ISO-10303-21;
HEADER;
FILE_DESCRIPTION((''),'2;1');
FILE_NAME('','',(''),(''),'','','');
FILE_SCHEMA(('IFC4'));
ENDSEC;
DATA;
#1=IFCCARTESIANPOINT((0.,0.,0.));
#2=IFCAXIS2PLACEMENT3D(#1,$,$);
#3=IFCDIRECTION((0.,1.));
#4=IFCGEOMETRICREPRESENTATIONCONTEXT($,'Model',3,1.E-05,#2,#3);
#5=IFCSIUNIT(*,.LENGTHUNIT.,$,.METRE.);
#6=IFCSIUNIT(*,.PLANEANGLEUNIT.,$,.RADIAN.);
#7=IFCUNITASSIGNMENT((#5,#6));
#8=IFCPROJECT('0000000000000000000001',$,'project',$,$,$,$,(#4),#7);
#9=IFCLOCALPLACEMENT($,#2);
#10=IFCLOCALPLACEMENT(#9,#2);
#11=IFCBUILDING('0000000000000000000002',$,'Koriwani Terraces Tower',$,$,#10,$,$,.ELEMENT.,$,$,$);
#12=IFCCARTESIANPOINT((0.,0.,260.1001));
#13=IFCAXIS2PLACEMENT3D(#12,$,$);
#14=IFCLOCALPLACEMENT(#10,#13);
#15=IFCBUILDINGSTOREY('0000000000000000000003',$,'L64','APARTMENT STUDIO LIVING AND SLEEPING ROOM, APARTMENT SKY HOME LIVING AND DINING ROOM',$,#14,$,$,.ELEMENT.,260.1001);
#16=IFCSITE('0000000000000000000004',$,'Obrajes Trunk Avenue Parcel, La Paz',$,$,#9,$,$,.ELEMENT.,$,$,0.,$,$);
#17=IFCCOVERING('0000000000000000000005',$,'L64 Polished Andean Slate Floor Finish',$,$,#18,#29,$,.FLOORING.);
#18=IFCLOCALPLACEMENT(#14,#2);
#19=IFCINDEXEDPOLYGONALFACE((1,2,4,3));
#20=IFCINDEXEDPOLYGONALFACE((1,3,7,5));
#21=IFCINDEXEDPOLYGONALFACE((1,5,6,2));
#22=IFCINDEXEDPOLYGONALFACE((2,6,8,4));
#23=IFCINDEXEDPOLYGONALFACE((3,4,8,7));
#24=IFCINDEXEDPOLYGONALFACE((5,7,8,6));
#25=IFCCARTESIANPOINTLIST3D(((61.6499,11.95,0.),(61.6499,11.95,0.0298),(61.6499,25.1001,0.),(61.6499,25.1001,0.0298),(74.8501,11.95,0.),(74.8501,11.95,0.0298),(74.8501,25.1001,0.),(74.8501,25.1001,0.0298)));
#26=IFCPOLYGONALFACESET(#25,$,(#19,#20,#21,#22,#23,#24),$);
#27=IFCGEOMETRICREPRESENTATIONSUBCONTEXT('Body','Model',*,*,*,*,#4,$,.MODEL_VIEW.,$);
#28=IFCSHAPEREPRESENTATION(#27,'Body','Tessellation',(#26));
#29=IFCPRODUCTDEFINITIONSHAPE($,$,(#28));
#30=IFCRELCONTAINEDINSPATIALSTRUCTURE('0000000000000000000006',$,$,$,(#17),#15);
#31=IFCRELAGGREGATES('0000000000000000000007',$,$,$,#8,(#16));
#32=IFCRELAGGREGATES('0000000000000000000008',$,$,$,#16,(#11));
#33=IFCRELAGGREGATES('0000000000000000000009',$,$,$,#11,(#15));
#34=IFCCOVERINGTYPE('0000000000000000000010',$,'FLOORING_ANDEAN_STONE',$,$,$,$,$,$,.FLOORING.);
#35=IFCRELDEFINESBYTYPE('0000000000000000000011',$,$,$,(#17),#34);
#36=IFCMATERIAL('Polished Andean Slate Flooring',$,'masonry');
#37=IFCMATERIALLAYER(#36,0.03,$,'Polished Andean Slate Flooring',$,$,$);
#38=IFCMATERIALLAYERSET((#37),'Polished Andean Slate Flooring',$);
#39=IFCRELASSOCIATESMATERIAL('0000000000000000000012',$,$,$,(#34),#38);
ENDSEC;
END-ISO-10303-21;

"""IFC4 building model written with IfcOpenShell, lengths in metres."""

from ifc_helpers import new_model, si_unit, direction, frame, origin, place, context, subcontext, project, spatial, polyline, outline, extrude, material, layer, layer_set, type_object, element, save


model = new_model("IFC4")

# Units and contexts
model_context = context("Model", 3, precision=1e-05, world=origin(), true_north=direction((0.0, 1.0)))
body_context = subcontext(model_context, "Body", "Model", "MODEL_VIEW")
ifc_project = project(units=[si_unit("LENGTHUNIT", "METRE"), si_unit("PLANEANGLEUNIT", "RADIAN")], contexts=[model_context])

# Site, building, storey
site_placement = place(None, origin())
site = spatial("IfcSite", under=ifc_project, at=site_placement, Name="Obrajes Trunk Avenue Parcel, La Paz", CompositionType="ELEMENT", RefElevation=0.0)
building_placement = place(site_placement, origin())
building = spatial("IfcBuilding", under=site, at=building_placement, Name="Koriwani Terraces Tower", CompositionType="ELEMENT")
storey_placement = place(building_placement, frame((0.0, 0.0, 260.1001)))
storey = spatial("IfcBuildingStorey", under=building, at=storey_placement, Name="L64", Description="APARTMENT STUDIO LIVING AND SLEEPING ROOM, APARTMENT SKY HOME LIVING AND DINING ROOM", CompositionType="ELEMENT", Elevation=260.1001)

# Covering
ifc_material_1 = material(Name="Polished Andean Slate Flooring", Category="masonry")
ifc_layer_1 = layer(ifc_material_1, 0.03, Name="Polished Andean Slate Flooring")
ifc_layer_set_1 = layer_set([ifc_layer_1], Name="Polished Andean Slate Flooring")
covering_type_1 = type_object("IfcCoveringType", Name="FLOORING_ANDEAN_STONE", PredefinedType="FLOORING", material=ifc_layer_set_1)
covering_1_placement = place(storey_placement, origin())
element("IfcCovering", 1, at=covering_1_placement, inside=storey, type_object=covering_type_1, Name="L64 Polished Andean Slate Floor Finish", PredefinedType="FLOORING", context=body_context, shape_type="SweptSolid", body=[
    extrude(outline(polyline([(61.6499, 11.95), (61.6499, 25.1001), (74.8501, 25.1001), (74.8501, 11.95), (61.6499, 11.95)])), origin(), (0.0, 0.0, 1.0), 0.0298),
])

save(model, "model.ifc")
